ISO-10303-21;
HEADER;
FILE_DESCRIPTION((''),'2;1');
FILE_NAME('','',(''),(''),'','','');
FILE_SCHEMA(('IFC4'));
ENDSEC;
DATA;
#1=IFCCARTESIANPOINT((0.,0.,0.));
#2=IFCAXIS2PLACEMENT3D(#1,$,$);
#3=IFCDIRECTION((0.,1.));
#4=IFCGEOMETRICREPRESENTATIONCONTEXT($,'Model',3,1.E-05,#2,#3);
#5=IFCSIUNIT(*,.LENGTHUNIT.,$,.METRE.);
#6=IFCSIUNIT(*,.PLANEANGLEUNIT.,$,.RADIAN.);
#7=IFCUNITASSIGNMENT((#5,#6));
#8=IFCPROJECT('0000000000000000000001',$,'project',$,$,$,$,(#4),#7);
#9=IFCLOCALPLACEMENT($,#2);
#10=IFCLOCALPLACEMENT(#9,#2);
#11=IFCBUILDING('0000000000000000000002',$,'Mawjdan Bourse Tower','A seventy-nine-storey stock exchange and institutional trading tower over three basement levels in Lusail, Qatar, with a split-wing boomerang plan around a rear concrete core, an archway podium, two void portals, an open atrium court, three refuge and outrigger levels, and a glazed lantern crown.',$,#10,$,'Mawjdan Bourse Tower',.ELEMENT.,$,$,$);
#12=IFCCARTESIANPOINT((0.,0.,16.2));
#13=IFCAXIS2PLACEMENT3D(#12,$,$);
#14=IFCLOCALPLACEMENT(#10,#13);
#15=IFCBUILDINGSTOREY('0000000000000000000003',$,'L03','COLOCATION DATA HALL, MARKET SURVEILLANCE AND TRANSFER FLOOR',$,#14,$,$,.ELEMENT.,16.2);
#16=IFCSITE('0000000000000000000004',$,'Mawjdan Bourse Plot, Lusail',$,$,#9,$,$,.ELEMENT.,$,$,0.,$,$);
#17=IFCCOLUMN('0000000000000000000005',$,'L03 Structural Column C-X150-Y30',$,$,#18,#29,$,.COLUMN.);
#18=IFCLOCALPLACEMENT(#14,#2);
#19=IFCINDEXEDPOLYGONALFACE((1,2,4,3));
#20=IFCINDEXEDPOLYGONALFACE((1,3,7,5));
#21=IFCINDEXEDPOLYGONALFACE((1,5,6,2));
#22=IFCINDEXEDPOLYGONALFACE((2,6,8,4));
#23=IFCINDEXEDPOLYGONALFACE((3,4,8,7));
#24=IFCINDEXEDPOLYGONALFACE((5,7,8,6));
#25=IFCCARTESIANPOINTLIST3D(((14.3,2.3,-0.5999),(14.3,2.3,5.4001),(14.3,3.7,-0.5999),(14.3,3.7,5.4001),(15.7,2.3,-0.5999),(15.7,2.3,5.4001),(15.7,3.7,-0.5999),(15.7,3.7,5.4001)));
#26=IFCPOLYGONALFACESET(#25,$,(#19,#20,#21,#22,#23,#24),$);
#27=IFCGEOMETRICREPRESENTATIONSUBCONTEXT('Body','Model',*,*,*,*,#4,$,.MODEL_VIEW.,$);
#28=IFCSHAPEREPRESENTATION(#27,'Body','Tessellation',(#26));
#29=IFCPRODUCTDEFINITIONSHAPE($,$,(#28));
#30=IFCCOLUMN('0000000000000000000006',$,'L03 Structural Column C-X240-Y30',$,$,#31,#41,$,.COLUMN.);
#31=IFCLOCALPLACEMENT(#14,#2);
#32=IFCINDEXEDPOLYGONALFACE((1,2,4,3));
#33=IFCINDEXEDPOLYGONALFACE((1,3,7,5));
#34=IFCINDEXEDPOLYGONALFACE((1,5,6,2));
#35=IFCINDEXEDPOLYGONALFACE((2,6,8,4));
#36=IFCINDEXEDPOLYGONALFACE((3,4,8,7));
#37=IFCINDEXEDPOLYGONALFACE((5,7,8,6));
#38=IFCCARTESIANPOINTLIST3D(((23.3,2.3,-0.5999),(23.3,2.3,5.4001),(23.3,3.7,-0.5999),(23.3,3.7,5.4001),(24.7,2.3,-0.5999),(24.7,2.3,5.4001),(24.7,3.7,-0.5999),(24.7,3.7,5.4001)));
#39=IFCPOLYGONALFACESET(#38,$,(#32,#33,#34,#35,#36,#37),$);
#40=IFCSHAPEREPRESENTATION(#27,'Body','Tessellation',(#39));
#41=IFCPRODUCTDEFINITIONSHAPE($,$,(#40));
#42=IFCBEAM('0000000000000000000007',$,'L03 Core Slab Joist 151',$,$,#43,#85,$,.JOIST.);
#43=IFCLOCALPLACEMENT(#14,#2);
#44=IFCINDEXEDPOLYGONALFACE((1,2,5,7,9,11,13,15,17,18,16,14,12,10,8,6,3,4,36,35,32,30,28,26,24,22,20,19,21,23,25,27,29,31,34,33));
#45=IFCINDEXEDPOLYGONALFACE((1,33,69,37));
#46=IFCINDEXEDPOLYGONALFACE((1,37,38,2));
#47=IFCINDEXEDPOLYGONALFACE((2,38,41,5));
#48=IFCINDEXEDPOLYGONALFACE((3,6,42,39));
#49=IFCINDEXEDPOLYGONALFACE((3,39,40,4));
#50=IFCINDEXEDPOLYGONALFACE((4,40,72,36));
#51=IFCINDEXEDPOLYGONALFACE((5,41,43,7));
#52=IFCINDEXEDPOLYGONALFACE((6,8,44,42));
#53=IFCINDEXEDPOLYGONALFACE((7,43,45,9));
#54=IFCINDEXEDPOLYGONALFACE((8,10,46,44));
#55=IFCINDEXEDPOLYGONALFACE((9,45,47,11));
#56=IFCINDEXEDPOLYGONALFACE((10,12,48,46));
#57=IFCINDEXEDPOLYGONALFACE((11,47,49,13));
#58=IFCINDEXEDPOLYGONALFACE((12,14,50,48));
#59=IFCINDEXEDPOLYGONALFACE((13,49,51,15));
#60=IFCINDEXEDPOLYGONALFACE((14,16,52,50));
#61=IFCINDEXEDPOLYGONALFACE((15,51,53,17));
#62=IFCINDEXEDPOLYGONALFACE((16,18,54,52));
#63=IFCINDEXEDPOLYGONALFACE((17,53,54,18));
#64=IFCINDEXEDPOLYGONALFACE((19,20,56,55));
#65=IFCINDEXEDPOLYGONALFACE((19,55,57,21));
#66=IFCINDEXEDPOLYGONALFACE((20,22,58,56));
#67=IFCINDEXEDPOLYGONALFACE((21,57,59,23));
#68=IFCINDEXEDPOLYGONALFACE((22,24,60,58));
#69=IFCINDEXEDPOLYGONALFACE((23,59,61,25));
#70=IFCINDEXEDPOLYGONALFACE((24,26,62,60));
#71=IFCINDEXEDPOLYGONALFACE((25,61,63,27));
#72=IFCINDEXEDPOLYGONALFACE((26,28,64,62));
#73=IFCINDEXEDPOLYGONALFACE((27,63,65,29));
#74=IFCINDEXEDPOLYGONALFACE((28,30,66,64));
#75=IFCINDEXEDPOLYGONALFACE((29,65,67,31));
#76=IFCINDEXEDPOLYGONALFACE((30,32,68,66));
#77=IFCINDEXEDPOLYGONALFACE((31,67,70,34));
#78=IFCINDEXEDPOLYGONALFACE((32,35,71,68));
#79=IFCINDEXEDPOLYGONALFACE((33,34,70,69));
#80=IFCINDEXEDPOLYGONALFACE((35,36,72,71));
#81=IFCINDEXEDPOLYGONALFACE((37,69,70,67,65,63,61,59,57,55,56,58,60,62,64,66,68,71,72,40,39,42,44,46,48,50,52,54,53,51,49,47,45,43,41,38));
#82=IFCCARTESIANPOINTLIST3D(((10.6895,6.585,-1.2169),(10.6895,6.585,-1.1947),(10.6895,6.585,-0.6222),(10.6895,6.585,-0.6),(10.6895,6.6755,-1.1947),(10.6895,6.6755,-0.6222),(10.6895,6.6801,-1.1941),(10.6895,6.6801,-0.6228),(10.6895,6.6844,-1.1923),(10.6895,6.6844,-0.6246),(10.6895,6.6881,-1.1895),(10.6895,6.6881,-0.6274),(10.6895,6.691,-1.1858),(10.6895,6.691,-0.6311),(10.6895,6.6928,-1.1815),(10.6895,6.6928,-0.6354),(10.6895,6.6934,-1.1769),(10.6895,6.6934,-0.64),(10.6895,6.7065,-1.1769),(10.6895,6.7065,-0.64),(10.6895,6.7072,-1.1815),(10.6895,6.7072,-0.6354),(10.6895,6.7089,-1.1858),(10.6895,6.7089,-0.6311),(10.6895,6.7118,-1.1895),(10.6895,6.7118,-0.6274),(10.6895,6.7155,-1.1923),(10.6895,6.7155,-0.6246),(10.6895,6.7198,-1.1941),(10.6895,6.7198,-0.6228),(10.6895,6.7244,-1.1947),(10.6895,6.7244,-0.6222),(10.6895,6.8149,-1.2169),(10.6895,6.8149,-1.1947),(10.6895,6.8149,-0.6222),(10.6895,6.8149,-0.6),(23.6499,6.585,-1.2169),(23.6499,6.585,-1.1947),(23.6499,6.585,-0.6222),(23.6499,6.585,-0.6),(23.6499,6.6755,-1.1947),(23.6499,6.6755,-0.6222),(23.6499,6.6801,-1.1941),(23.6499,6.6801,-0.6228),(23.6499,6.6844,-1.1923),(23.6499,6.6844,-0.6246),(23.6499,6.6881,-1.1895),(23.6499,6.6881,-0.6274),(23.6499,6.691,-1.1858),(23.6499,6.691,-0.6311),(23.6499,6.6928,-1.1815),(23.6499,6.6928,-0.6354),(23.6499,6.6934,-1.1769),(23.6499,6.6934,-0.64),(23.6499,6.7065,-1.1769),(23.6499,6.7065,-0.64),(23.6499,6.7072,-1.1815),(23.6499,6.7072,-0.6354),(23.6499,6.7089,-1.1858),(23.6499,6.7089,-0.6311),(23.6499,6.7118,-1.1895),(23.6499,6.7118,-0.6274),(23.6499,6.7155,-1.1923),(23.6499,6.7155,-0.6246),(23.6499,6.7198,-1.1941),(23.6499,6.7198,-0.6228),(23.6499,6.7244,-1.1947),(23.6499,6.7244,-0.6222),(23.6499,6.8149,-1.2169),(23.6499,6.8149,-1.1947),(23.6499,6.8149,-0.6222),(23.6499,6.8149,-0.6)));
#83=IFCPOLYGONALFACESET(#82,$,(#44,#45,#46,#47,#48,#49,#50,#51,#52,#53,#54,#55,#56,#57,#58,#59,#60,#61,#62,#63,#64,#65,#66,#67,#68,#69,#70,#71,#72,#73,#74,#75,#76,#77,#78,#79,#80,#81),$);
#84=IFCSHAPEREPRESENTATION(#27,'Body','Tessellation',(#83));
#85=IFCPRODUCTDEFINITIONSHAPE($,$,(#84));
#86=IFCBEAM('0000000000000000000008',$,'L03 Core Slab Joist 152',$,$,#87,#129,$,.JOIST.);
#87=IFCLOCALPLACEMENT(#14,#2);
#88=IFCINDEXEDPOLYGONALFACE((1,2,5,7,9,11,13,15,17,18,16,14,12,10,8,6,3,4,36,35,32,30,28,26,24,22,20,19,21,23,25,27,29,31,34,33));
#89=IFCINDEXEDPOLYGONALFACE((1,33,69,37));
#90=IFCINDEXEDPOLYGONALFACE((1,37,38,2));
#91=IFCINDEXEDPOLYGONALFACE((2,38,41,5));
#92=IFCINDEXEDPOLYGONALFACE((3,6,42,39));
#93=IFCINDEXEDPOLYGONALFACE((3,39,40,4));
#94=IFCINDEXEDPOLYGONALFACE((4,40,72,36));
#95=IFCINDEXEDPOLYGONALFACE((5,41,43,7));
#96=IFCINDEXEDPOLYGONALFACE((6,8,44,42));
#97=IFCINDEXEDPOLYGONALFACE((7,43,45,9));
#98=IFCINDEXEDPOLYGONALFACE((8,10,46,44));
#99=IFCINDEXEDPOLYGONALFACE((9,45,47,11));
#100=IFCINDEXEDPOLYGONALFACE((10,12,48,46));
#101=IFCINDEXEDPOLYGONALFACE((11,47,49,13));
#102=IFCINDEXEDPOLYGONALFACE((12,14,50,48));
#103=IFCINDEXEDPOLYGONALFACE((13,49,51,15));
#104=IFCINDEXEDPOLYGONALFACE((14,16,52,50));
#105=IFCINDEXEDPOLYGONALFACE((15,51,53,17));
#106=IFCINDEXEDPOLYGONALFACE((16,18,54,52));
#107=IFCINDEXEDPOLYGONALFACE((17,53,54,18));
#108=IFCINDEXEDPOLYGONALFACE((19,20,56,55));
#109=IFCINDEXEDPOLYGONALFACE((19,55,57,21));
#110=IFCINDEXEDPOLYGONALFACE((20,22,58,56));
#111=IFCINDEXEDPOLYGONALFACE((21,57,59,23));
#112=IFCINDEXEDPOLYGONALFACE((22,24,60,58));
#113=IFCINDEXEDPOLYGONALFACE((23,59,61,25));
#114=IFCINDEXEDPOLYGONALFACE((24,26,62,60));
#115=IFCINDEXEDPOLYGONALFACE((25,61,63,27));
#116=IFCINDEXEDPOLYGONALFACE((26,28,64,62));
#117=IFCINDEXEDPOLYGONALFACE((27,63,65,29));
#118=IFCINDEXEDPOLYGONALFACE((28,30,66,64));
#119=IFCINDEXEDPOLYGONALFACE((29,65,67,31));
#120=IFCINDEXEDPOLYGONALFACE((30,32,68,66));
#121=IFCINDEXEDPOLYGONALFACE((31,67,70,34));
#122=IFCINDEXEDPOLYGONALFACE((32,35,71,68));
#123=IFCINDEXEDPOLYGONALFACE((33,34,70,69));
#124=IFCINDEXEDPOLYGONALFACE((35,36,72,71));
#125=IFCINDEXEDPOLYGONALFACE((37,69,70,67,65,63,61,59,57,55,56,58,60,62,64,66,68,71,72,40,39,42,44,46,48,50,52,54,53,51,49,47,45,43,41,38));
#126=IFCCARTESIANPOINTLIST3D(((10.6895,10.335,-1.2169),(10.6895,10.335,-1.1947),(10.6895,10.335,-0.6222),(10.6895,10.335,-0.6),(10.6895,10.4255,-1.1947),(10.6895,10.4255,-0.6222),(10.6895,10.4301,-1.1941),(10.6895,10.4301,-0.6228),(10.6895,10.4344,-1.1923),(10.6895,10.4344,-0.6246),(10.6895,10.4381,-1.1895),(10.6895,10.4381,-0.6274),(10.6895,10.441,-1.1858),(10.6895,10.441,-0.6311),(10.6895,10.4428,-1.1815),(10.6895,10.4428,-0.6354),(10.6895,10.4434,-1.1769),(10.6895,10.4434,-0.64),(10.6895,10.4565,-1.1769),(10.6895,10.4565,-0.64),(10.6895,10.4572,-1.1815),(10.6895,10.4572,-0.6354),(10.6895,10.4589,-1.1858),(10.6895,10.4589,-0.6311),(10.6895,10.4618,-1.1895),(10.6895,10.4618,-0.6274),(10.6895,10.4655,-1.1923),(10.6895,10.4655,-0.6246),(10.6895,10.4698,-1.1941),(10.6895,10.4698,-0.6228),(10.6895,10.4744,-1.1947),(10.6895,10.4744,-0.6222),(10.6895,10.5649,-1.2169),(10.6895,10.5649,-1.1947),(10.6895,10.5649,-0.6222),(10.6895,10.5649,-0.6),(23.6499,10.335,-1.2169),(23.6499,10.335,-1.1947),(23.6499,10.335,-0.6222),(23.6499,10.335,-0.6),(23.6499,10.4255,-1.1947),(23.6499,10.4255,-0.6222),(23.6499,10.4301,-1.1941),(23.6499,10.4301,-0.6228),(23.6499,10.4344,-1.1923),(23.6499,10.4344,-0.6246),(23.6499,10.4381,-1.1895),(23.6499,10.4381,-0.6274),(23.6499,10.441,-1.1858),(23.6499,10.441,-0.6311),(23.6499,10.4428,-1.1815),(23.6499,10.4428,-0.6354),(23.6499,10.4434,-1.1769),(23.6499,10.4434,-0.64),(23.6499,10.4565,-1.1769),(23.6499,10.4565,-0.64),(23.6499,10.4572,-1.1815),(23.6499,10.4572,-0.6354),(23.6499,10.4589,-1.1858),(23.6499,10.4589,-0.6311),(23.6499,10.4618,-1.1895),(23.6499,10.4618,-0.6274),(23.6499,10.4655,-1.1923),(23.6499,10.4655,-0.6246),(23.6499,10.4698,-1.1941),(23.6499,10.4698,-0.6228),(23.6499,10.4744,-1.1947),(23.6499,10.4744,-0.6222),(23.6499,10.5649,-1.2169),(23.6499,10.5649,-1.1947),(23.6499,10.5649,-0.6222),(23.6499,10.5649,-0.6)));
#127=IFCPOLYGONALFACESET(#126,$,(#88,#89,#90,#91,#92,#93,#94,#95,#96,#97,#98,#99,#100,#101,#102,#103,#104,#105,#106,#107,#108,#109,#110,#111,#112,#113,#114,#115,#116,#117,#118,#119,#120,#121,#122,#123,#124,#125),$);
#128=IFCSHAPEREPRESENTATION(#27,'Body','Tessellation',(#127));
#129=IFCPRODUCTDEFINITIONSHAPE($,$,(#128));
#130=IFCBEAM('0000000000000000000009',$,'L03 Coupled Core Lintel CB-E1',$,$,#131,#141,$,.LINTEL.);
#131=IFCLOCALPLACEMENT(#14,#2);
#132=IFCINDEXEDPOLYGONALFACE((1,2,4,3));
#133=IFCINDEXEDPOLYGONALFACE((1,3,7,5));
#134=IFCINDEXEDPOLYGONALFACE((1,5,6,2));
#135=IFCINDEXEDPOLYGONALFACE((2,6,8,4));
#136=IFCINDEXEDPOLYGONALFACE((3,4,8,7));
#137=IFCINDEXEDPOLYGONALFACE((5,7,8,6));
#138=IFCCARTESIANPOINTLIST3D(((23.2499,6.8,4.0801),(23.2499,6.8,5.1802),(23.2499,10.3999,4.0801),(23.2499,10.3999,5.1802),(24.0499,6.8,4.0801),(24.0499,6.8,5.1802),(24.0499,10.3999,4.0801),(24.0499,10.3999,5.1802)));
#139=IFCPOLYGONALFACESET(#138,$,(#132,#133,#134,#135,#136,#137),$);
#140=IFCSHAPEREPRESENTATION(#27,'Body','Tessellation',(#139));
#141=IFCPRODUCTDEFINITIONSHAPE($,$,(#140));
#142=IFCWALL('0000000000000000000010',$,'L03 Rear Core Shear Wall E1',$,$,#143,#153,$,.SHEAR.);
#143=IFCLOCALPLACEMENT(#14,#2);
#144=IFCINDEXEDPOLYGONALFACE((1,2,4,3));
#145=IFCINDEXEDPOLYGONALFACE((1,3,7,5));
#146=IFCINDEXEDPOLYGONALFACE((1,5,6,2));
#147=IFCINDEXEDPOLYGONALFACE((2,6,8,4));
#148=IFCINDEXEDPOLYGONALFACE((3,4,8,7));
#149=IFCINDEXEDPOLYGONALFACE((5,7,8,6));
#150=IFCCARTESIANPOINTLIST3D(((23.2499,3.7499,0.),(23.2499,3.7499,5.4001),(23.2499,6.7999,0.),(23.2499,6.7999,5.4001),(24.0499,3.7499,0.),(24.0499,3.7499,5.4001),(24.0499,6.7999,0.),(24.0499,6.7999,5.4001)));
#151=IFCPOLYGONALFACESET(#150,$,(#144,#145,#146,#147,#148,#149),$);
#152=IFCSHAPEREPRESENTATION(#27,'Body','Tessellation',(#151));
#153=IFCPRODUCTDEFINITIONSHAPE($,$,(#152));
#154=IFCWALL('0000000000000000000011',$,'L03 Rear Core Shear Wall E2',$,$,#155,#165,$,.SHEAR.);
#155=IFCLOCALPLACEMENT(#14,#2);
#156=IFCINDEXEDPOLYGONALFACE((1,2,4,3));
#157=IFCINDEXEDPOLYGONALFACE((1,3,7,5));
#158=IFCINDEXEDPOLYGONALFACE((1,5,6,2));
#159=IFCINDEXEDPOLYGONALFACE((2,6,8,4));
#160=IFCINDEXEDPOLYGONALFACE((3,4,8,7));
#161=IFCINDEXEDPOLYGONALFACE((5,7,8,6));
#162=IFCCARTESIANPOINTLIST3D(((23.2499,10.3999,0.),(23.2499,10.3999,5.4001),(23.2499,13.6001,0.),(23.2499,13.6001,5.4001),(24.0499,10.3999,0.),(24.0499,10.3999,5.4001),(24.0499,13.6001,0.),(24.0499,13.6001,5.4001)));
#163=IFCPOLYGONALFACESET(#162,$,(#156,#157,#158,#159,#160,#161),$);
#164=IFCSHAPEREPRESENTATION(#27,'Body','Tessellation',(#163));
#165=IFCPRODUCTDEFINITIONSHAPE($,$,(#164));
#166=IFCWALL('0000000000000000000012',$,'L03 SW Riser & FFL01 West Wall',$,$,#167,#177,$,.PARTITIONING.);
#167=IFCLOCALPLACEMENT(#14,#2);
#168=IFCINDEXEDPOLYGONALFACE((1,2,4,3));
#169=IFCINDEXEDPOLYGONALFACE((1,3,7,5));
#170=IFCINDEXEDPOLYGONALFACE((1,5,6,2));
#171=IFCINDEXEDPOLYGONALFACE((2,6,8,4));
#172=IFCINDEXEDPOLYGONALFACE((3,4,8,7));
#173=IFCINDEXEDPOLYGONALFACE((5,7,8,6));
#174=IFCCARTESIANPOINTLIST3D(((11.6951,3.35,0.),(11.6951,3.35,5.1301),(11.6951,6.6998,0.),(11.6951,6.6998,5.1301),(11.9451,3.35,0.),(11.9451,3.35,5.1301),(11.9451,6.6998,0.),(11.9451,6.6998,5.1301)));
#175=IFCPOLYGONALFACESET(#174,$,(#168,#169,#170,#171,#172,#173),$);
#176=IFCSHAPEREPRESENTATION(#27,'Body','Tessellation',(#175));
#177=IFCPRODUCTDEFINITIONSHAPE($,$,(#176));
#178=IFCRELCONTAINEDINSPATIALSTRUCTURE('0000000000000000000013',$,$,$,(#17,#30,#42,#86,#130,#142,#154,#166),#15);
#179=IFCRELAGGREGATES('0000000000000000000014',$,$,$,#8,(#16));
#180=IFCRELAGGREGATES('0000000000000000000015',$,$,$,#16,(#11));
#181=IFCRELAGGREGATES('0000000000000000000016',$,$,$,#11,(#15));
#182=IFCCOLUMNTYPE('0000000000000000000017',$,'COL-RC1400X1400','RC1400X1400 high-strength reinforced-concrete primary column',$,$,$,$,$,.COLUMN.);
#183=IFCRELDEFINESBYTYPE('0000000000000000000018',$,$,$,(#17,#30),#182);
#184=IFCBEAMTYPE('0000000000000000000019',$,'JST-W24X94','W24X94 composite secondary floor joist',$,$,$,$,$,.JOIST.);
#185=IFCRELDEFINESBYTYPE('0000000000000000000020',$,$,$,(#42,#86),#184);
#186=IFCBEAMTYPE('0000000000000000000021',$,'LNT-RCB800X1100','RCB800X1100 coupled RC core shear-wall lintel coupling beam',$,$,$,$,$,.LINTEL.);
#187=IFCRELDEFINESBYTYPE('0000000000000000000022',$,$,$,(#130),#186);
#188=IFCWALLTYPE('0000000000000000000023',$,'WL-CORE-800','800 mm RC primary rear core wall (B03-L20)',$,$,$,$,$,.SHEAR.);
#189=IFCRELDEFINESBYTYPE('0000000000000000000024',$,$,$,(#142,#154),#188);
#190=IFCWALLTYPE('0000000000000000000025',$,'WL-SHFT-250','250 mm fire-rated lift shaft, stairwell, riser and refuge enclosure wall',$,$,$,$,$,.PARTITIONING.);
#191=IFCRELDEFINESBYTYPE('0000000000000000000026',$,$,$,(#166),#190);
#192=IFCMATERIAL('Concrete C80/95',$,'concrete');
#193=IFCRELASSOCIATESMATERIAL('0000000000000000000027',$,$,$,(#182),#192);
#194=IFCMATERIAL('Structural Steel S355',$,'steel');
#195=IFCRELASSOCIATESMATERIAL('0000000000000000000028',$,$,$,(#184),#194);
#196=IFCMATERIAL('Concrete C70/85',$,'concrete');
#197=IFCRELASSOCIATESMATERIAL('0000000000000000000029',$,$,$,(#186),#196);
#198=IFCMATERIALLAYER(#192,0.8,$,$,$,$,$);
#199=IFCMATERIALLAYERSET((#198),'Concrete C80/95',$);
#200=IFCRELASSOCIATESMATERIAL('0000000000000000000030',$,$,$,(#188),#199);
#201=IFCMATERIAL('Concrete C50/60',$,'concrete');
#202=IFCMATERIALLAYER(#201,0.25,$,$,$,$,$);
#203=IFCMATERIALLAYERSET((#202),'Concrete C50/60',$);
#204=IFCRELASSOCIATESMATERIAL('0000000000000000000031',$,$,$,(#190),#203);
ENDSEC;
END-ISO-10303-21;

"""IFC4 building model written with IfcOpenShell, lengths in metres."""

from ifc_helpers import new_model, si_unit, direction, frame, frame_2d, origin, origin_2d, place, context, subcontext, project, spatial, rectangle, i_section, extrude, material, layer, layer_set, material_profile, profile_set, type_object, element, save


model = new_model("IFC4")

# Units and contexts
model_context = context("Model", 3, precision=1e-05, world=origin(), true_north=direction((0.0, 1.0)))
body_context = subcontext(model_context, "Body", "Model", "MODEL_VIEW")
ifc_project = project(units=[si_unit("LENGTHUNIT", "METRE"), si_unit("PLANEANGLEUNIT", "RADIAN")], contexts=[model_context])

# Site, building, storey
site_placement = place(None, origin())
site = spatial("IfcSite", under=ifc_project, at=site_placement, Name="Mawjdan Bourse Plot, Lusail", CompositionType="ELEMENT", RefElevation=0.0)
building_placement = place(site_placement, origin())
building = spatial("IfcBuilding", under=site, at=building_placement, Name="Mawjdan Bourse Tower", Description="A seventy-nine-storey stock exchange and institutional trading tower over three basement levels in Lusail, Qatar, with a split-wing boomerang plan around a rear concrete core, an archway podium, two void portals, an open atrium court, three refuge and outrigger levels, and a glazed lantern crown.", LongName="Mawjdan Bourse Tower", CompositionType="ELEMENT")
storey_placement = place(building_placement, frame((0.0, 0.0, 16.2)))
storey = spatial("IfcBuildingStorey", under=building, at=storey_placement, Name="L03", Description="COLOCATION DATA HALL, MARKET SURVEILLANCE AND TRANSFER FLOOR", CompositionType="ELEMENT", Elevation=16.2)

# Columns
ifc_material_1 = material(Name="Concrete C80/95", Category="concrete")
ifc_material_profile_1 = material_profile(ifc_material_1, rectangle(XDim=1.3999, YDim=1.3999, at=origin_2d()), Name="RC1400X1400")
ifc_profile_set_1 = profile_set([ifc_material_profile_1], Name="Concrete C80/95")
column_type = type_object("IfcColumnType", Name="COL-RC1400X1400", Description="RC1400X1400 high-strength reinforced-concrete primary column", PredefinedType="COLUMN", material=ifc_profile_set_1)
for number, where, z_axis, x_axis, name in (
    (1, (15.0, 3.0, -0.5999), (0.0, 0.0, 1.0), (1.0, 0.0, 0.0), "L03 Structural Column C-X150-Y30"),
    (2, (24.0, 3.0, -0.5999), (0.0, 0.0, 1.0), (1.0, 0.0, 0.0), "L03 Structural Column C-X240-Y30"),
):
    element("IfcColumn", number, at=place(storey_placement, frame(where, z_axis=z_axis, x_axis=x_axis)), inside=storey, type_object=column_type, Name=name, PredefinedType="COLUMN", context=body_context, shape_type="SweptSolid", body=[
        extrude(rectangle(XDim=1.3999, YDim=1.3999, at=origin_2d()), origin(), (0.0, 0.0, 1.0), 6.0),
    ])

# Beams
ifc_material_2 = material(Name="Structural Steel S355", Category="steel")
ifc_material_profile_2 = material_profile(ifc_material_2, i_section(OverallWidth=0.23, OverallDepth=0.6169, WebThickness=0.0132, FlangeThickness=0.0222, FilletRadius=0.0178, at=origin_2d()), Name="W24X94")
ifc_profile_set_2 = profile_set([ifc_material_profile_2], Name="Structural Steel S355")
beam_type_1 = type_object("IfcBeamType", Name="JST-W24X94", Description="W24X94 composite secondary floor joist", PredefinedType="JOIST", material=ifc_profile_set_2)
for number, where, z_axis, x_axis, name in (
    (3, (10.6895, 6.7, -0.9084), (1.0, 0.0, 0.0), (0.0, 1.0, 0.0), "L03 Core Slab Joist 151"),
    (4, (10.6895, 10.45, -0.9084), (1.0, 0.0, 0.0), (0.0, 1.0, 0.0), "L03 Core Slab Joist 152"),
):
    element("IfcBeam", number, at=place(storey_placement, frame(where, z_axis=z_axis, x_axis=x_axis)), inside=storey, type_object=beam_type_1, Name=name, PredefinedType="JOIST", context=body_context, shape_type="SweptSolid", body=[
        extrude(i_section(OverallWidth=0.23, OverallDepth=0.6169, WebThickness=0.0132, FlangeThickness=0.0222, FilletRadius=0.0178, at=origin_2d()), origin(), (0.0, 0.0, 1.0), 12.9604),
    ])
ifc_material_3 = material(Name="Concrete C70/85", Category="concrete")
ifc_material_profile_3 = material_profile(ifc_material_3, rectangle(XDim=0.8, YDim=1.1001, at=origin_2d()), Name="RCB800X1100")
ifc_profile_set_3 = profile_set([ifc_material_profile_3], Name="Concrete C70/85")
beam_type_2 = type_object("IfcBeamType", Name="LNT-RCB800X1100", Description="RCB800X1100 coupled RC core shear-wall lintel coupling beam", PredefinedType="LINTEL", material=ifc_profile_set_3)
beam_placement = place(storey_placement, frame((23.6499, 6.8, 4.6301), z_axis=(0.0, 1.0, 0.0), x_axis=(-1.0, 0.0, 0.0)))
element("IfcBeam", 5, at=beam_placement, inside=storey, type_object=beam_type_2, Name="L03 Coupled Core Lintel CB-E1", PredefinedType="LINTEL", context=body_context, shape_type="SweptSolid", body=[
    extrude(rectangle(XDim=0.8, YDim=1.1001, at=origin_2d()), origin(), (0.0, 0.0, 1.0), 3.5999),
])

# Walls
ifc_layer_1 = layer(ifc_material_1, 0.8)
ifc_layer_set_1 = layer_set([ifc_layer_1], Name="Concrete C80/95")
wall_type_1 = type_object("IfcWallType", Name="WL-CORE-800", Description="800 mm RC primary rear core wall (B03-L20)", PredefinedType="SHEAR", material=ifc_layer_set_1)
wall_1_placement = place(storey_placement, frame((23.6499, 3.75, 0.0), z_axis=(0.0, 0.0, 1.0), x_axis=(0.0, 1.0, 0.0)))
element("IfcWall", 6, at=wall_1_placement, inside=storey, type_object=wall_type_1, Name="L03 Rear Core Shear Wall E1", PredefinedType="SHEAR", context=body_context, shape_type="SweptSolid", body=[
    extrude(rectangle(XDim=3.05, YDim=0.8, at=frame_2d((1.5249, 0.0))), origin(), (0.0, 0.0, 1.0), 5.4001),
])
wall_2_placement = place(storey_placement, frame((23.6499, 10.3999, 0.0), z_axis=(0.0, 0.0, 1.0), x_axis=(0.0, 1.0, 0.0)))
element("IfcWall", 7, at=wall_2_placement, inside=storey, type_object=wall_type_1, Name="L03 Rear Core Shear Wall E2", PredefinedType="SHEAR", context=body_context, shape_type="SweptSolid", body=[
    extrude(rectangle(XDim=3.2002, YDim=0.8, at=frame_2d((1.6001, 0.0))), origin(), (0.0, 0.0, 1.0), 5.4001),
])
ifc_material_4 = material(Name="Concrete C50/60", Category="concrete")
ifc_layer_2 = layer(ifc_material_4, 0.25)
ifc_layer_set_2 = layer_set([ifc_layer_2], Name="Concrete C50/60")
wall_type_2 = type_object("IfcWallType", Name="WL-SHFT-250", Description="250 mm fire-rated lift shaft, stairwell, riser and refuge enclosure wall", PredefinedType="PARTITIONING", material=ifc_layer_set_2)
wall_3_placement = place(storey_placement, frame((11.8201, 3.3501, 0.0), z_axis=(0.0, 0.0, 1.0), x_axis=(0.0, 1.0, 0.0)))
element("IfcWall", 8, at=wall_3_placement, inside=storey, type_object=wall_type_2, Name="L03 SW Riser & FFL01 West Wall", PredefinedType="PARTITIONING", context=body_context, shape_type="SweptSolid", body=[
    extrude(rectangle(XDim=3.3499, YDim=0.25, at=frame_2d((1.6748, 0.0))), origin(), (0.0, 0.0, 1.0), 5.1301),
])

save(model, "model.ifc")
